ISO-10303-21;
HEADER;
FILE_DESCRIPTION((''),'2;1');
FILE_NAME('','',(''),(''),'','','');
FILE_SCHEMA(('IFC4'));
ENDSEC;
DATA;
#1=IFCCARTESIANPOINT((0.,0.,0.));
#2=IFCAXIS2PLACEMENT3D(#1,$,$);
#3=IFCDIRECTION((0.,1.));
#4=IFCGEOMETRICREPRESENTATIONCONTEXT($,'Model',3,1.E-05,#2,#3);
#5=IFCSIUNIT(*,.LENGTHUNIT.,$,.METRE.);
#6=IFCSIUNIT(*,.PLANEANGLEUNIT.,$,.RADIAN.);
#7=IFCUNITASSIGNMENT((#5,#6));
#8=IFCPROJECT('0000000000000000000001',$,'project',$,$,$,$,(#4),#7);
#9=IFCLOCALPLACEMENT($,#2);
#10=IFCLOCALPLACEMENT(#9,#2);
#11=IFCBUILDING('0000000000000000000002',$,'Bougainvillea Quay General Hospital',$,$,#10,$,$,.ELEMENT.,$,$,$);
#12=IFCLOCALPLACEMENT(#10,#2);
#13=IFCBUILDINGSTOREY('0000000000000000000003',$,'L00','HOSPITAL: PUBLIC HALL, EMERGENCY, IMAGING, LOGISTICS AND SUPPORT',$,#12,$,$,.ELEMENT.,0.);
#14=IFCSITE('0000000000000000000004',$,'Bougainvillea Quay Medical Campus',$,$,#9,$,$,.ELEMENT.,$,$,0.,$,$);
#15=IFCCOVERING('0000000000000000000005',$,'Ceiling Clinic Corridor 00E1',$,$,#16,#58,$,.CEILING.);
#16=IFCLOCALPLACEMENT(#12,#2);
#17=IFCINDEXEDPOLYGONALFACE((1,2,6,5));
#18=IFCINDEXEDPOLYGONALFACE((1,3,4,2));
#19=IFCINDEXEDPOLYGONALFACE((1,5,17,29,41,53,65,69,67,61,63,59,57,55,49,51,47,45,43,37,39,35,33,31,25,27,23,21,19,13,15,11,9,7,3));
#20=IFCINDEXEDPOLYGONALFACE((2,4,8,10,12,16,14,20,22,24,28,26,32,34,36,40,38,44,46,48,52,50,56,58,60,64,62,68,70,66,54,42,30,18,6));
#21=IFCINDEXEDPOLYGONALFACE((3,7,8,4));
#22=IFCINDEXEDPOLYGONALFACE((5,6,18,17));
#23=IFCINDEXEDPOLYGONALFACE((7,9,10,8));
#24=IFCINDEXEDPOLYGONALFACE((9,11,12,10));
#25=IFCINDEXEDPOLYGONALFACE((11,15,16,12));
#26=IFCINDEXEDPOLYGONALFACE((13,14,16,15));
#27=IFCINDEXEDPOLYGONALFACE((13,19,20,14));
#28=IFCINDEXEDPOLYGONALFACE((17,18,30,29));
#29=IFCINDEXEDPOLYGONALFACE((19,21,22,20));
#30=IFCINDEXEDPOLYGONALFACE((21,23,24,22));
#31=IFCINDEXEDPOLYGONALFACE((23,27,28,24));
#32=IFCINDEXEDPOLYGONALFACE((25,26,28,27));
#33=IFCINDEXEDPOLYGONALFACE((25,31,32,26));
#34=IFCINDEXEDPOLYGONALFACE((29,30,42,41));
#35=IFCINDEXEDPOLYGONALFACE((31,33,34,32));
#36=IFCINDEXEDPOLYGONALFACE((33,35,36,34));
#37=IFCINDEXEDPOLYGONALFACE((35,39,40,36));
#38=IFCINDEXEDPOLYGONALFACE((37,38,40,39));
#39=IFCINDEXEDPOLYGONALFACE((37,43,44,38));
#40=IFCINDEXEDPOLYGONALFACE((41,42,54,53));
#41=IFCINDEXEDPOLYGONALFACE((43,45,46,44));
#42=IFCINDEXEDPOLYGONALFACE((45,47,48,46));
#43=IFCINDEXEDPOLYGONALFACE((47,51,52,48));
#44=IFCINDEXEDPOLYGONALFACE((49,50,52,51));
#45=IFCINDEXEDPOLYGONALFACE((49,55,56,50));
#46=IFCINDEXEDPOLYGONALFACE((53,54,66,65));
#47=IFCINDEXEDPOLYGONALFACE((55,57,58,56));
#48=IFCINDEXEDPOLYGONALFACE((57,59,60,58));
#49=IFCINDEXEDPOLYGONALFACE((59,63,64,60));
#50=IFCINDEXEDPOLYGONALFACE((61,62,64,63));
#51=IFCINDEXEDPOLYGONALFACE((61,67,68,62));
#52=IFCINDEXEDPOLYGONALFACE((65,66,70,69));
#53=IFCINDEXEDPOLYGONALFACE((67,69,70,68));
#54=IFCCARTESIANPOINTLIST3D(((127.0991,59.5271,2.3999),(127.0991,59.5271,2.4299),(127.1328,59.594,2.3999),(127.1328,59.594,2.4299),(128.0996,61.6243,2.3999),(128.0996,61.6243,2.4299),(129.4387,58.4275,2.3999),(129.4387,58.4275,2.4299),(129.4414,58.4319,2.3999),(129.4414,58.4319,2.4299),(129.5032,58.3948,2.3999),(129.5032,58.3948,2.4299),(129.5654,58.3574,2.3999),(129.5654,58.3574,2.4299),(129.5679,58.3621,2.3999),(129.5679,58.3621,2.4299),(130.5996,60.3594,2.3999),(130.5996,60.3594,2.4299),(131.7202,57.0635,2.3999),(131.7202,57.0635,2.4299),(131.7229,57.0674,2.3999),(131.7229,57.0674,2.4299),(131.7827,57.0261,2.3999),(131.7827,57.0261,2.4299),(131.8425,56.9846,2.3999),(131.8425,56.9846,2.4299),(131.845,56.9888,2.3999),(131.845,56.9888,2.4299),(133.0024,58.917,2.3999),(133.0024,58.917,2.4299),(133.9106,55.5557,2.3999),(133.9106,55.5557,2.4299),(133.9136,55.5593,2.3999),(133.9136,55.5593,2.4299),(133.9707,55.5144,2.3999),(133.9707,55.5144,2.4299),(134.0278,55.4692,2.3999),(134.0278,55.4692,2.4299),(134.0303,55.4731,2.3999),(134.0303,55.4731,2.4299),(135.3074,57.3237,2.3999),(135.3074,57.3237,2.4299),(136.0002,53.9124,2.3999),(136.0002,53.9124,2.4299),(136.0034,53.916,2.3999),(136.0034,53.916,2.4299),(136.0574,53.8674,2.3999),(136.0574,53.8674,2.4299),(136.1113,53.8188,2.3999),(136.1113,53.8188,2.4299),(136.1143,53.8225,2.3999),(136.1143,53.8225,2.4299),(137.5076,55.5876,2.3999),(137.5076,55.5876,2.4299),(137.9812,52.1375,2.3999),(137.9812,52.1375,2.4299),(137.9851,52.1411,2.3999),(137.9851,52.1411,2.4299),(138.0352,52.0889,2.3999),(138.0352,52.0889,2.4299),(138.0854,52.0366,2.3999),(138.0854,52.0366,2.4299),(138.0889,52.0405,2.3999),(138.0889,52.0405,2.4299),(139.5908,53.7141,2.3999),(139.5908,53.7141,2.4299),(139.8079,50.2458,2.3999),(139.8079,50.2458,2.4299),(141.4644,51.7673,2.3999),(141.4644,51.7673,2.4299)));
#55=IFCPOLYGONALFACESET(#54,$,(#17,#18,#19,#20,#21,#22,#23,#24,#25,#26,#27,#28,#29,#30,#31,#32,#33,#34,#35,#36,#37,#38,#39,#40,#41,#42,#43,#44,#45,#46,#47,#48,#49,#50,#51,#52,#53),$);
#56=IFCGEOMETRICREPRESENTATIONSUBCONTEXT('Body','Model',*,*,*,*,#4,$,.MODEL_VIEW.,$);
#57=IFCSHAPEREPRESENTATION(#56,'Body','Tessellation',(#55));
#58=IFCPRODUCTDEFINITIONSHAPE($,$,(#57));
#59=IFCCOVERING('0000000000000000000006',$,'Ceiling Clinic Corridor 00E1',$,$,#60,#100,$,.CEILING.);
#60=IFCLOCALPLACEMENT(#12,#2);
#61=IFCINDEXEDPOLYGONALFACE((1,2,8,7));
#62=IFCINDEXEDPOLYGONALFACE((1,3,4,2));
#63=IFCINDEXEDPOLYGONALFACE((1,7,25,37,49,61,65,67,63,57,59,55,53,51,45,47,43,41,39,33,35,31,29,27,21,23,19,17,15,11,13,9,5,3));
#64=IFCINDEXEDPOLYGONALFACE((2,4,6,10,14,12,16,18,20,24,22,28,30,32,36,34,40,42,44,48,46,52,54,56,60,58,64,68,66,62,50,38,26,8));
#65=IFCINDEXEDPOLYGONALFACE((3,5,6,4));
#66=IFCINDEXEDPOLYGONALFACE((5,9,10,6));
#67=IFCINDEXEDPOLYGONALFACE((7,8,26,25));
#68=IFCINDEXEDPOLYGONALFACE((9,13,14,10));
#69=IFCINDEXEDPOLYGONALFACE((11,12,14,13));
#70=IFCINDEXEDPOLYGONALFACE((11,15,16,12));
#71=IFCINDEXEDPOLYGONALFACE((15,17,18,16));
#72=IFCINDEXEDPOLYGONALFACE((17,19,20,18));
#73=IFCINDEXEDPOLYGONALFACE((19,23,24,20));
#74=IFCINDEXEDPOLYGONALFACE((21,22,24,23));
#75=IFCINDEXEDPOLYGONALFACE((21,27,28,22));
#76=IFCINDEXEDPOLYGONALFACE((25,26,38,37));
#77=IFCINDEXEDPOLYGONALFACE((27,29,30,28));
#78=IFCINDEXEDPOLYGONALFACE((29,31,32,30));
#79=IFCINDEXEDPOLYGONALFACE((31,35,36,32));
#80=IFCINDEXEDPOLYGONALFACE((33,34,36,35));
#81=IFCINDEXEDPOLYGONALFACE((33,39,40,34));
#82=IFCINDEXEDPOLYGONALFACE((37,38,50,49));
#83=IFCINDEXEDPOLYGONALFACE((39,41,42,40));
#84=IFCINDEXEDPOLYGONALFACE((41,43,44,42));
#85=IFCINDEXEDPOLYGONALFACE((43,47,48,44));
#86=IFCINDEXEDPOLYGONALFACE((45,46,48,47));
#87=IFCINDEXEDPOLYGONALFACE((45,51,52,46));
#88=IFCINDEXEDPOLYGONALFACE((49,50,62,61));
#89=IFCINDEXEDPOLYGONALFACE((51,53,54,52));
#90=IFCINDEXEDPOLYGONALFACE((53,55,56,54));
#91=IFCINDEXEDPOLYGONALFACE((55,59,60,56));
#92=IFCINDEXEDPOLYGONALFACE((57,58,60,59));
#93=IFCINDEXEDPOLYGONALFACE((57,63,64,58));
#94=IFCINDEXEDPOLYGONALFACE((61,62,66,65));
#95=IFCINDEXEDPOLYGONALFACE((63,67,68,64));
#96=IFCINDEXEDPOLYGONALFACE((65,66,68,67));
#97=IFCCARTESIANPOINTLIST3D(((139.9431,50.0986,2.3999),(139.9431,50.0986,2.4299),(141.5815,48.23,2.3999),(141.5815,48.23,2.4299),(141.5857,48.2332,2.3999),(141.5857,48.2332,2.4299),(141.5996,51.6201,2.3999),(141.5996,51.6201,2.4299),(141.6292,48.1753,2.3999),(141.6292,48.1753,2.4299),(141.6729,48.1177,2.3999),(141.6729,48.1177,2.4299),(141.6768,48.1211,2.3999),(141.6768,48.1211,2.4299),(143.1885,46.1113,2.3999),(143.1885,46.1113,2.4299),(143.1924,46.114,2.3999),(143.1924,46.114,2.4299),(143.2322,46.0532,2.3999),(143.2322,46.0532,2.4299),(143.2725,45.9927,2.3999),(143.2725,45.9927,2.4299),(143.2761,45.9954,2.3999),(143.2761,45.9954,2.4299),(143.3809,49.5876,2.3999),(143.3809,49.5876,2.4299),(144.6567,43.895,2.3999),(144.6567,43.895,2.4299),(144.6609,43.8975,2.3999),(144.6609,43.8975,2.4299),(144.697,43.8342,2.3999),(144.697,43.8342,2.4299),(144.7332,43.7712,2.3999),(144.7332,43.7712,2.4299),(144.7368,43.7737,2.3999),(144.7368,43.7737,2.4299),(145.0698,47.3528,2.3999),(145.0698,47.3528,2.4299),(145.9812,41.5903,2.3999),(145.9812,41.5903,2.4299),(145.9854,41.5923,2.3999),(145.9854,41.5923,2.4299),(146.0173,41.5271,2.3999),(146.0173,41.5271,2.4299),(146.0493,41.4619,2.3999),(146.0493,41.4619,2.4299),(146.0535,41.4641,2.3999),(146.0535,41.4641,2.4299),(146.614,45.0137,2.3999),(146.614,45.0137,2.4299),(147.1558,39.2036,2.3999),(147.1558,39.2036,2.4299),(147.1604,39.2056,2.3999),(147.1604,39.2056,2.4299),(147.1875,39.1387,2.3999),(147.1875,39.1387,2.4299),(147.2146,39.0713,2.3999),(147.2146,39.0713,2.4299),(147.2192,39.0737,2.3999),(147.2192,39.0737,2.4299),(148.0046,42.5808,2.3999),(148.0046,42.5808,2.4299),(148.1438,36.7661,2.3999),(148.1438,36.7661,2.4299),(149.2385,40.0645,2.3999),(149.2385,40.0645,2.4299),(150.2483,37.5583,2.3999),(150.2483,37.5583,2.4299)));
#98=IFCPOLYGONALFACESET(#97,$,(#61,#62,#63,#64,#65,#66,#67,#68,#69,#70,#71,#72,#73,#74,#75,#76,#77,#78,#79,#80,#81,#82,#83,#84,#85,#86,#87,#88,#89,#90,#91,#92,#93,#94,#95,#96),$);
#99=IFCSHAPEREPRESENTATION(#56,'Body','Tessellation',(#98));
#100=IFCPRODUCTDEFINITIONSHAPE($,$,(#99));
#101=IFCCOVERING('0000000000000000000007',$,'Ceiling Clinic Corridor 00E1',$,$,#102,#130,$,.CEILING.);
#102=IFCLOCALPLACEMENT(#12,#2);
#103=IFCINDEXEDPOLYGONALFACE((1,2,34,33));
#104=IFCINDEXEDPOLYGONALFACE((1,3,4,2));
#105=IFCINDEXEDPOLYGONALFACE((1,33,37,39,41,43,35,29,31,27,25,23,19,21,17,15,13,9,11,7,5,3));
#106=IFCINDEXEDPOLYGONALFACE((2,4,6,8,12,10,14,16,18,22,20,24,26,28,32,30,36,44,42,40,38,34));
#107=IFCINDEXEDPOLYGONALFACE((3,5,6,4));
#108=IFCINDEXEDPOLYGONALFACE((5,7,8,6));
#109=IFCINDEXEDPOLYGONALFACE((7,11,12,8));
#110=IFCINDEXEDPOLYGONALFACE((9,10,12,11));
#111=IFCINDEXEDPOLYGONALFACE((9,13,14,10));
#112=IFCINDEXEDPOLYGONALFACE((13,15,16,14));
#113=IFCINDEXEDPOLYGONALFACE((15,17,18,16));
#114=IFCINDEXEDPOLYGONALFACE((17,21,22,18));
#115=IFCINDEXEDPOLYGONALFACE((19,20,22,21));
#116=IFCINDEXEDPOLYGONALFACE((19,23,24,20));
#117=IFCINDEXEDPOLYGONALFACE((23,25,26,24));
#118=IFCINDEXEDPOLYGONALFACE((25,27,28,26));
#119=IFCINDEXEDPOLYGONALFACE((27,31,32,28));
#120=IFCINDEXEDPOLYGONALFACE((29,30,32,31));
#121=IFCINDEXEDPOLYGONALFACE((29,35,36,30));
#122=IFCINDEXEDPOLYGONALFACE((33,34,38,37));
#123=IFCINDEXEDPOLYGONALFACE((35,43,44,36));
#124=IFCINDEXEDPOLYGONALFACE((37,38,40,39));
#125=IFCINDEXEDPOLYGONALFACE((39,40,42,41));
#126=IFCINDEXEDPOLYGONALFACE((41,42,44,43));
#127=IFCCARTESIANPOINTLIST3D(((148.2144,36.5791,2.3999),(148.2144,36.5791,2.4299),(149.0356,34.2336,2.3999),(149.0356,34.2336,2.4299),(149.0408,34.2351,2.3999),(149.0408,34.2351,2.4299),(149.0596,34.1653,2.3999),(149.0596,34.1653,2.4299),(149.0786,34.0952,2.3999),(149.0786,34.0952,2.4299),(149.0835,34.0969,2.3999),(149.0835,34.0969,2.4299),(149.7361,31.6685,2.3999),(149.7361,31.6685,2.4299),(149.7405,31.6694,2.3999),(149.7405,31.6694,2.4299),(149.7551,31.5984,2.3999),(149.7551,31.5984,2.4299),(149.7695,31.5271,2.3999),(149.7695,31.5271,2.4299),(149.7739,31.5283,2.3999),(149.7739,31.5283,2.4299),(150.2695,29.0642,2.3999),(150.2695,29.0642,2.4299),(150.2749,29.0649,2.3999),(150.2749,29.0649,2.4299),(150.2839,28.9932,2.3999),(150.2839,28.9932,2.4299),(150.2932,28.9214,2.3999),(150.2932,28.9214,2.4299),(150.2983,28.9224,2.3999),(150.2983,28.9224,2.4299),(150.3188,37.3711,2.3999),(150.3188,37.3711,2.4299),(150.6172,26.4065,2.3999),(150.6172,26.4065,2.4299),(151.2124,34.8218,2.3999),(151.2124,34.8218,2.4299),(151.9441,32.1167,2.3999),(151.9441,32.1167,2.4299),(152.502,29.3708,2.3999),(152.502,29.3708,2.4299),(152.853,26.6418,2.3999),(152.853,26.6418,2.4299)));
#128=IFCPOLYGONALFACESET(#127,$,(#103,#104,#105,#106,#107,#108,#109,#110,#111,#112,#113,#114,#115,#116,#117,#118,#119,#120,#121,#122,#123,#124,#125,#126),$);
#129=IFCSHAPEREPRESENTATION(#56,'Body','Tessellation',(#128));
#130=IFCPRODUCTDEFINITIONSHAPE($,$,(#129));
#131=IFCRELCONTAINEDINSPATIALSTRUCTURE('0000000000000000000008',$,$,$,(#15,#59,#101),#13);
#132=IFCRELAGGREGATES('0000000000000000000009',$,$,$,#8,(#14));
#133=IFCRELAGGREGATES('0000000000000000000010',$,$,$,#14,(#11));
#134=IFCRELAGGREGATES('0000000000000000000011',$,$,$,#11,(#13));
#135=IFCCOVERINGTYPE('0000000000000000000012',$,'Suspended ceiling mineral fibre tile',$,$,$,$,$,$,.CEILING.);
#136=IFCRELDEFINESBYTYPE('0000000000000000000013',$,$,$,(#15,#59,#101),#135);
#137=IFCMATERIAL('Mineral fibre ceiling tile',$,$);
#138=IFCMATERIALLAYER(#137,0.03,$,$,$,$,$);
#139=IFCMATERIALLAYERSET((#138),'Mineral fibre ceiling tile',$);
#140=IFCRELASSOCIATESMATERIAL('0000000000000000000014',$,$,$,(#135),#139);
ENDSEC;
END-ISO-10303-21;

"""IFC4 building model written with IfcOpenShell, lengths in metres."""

from ifc_helpers import new_model, si_unit, direction, frame, origin, place, context, subcontext, project, spatial, polyline, outline, extrude, material, layer, layer_set, type_object, element, save


model = new_model("IFC4")

# Units and contexts
model_context = context("Model", 3, precision=1e-05, world=origin(), true_north=direction((0.0, 1.0)))
body_context = subcontext(model_context, "Body", "Model", "MODEL_VIEW")
ifc_project = project(units=[si_unit("LENGTHUNIT", "METRE"), si_unit("PLANEANGLEUNIT", "RADIAN")], contexts=[model_context])

# Site, building, storey
site_placement = place(None, origin())
site = spatial("IfcSite", under=ifc_project, at=site_placement, Name="Bougainvillea Quay Medical Campus", CompositionType="ELEMENT", RefElevation=0.0)
building_placement = place(site_placement, origin())
building = spatial("IfcBuilding", under=site, at=building_placement, Name="Bougainvillea Quay General Hospital", CompositionType="ELEMENT")
storey_placement = place(building_placement, origin())
storey = spatial("IfcBuildingStorey", under=building, at=storey_placement, Name="L00", Description="HOSPITAL: PUBLIC HALL, EMERGENCY, IMAGING, LOGISTICS AND SUPPORT", CompositionType="ELEMENT", Elevation=0.0)

# Coverings
ifc_material_1 = material(Name="Mineral fibre ceiling tile")
ifc_layer_1 = layer(ifc_material_1, 0.03)
ifc_layer_set_1 = layer_set([ifc_layer_1], Name="Mineral fibre ceiling tile")
covering_type = type_object("IfcCoveringType", Name="Suspended ceiling mineral fibre tile", PredefinedType="CEILING", material=ifc_layer_set_1)
covering_1_placement = place(storey_placement, frame((0.0, 0.0, 2.3999)))
element("IfcCovering", 1, at=covering_1_placement, inside=storey, type_object=covering_type, Name="Ceiling Clinic Corridor 00E1", PredefinedType="CEILING", context=body_context, shape_type="SweptSolid", body=[
    extrude(outline(polyline([(127.0991, 59.5271), (127.1328, 59.594), (129.4387, 58.4275), (129.4414, 58.4319), (129.5032, 58.3948), (129.5679, 58.3621), (129.5654, 58.3574), (131.7202, 57.0635), (131.7229, 57.0674), (131.7827, 57.0261), (131.845, 56.9888), (131.8425, 56.9846), (133.9106, 55.5557), (133.9136, 55.5593), (133.9707, 55.5144), (134.0303, 55.4731), (134.0278, 55.4692), (136.0002, 53.9124), (136.0034, 53.916), (136.0574, 53.8674), (136.1143, 53.8225), (136.1113, 53.8188), (137.9812, 52.1375), (137.9851, 52.1411), (138.0352, 52.0889), (138.0889, 52.0405), (138.0854, 52.0366), (139.8079, 50.2458), (141.4644, 51.7673), (139.5908, 53.7141), (137.5076, 55.5876), (135.3074, 57.3237), (133.0024, 58.917), (130.5996, 60.3594), (128.0996, 61.6243), (127.0991, 59.5271)])), origin(), (0.0, 0.0, 1.0), 0.03),
])
covering_2_placement = place(storey_placement, frame((0.0, 0.0, 2.3999)))
element("IfcCovering", 2, at=covering_2_placement, inside=storey, type_object=covering_type, Name="Ceiling Clinic Corridor 00E1", PredefinedType="CEILING", context=body_context, shape_type="SweptSolid", body=[
    extrude(outline(polyline([(143.3809, 49.5876), (141.5996, 51.6201), (139.9431, 50.0986), (141.5815, 48.23), (141.5857, 48.2332), (141.6292, 48.1753), (141.6768, 48.1211), (141.6729, 48.1177), (143.1885, 46.1113), (143.1924, 46.114), (143.2322, 46.0532), (143.2761, 45.9954), (143.2725, 45.9927), (144.6567, 43.895), (144.6609, 43.8975), (144.697, 43.8342), (144.7368, 43.7737), (144.7332, 43.7712), (145.9812, 41.5903), (145.9854, 41.5923), (146.0173, 41.5271), (146.0535, 41.4641), (146.0493, 41.4619), (147.1558, 39.2036), (147.1604, 39.2056), (147.1875, 39.1387), (147.2192, 39.0737), (147.2146, 39.0713), (148.1438, 36.7661), (150.2483, 37.5583), (149.2385, 40.0645), (148.0046, 42.5808), (146.614, 45.0137), (145.0698, 47.3528), (143.3809, 49.5876)])), origin(), (0.0, 0.0, 1.0), 0.03),
])
covering_3_placement = place(storey_placement, frame((0.0, 0.0, 2.3999)))
element("IfcCovering", 3, at=covering_3_placement, inside=storey, type_object=covering_type, Name="Ceiling Clinic Corridor 00E1", PredefinedType="CEILING", context=body_context, shape_type="SweptSolid", body=[
    extrude(outline(polyline([(150.2749, 29.0649), (150.2839, 28.9932), (150.2983, 28.9224), (150.2932, 28.9214), (150.6172, 26.4065), (152.853, 26.6418), (152.502, 29.3708), (151.9441, 32.1167), (151.2124, 34.8218), (150.3188, 37.3711), (148.2144, 36.5791), (149.0356, 34.2336), (149.0408, 34.2351), (149.0596, 34.1653), (149.0835, 34.0969), (149.0786, 34.0952), (149.7361, 31.6685), (149.7405, 31.6694), (149.7551, 31.5984), (149.7739, 31.5283), (149.7695, 31.5271), (150.2695, 29.0642), (150.2749, 29.0649)])), origin(), (0.0, 0.0, 1.0), 0.03),
])

save(model, "model.ifc")
